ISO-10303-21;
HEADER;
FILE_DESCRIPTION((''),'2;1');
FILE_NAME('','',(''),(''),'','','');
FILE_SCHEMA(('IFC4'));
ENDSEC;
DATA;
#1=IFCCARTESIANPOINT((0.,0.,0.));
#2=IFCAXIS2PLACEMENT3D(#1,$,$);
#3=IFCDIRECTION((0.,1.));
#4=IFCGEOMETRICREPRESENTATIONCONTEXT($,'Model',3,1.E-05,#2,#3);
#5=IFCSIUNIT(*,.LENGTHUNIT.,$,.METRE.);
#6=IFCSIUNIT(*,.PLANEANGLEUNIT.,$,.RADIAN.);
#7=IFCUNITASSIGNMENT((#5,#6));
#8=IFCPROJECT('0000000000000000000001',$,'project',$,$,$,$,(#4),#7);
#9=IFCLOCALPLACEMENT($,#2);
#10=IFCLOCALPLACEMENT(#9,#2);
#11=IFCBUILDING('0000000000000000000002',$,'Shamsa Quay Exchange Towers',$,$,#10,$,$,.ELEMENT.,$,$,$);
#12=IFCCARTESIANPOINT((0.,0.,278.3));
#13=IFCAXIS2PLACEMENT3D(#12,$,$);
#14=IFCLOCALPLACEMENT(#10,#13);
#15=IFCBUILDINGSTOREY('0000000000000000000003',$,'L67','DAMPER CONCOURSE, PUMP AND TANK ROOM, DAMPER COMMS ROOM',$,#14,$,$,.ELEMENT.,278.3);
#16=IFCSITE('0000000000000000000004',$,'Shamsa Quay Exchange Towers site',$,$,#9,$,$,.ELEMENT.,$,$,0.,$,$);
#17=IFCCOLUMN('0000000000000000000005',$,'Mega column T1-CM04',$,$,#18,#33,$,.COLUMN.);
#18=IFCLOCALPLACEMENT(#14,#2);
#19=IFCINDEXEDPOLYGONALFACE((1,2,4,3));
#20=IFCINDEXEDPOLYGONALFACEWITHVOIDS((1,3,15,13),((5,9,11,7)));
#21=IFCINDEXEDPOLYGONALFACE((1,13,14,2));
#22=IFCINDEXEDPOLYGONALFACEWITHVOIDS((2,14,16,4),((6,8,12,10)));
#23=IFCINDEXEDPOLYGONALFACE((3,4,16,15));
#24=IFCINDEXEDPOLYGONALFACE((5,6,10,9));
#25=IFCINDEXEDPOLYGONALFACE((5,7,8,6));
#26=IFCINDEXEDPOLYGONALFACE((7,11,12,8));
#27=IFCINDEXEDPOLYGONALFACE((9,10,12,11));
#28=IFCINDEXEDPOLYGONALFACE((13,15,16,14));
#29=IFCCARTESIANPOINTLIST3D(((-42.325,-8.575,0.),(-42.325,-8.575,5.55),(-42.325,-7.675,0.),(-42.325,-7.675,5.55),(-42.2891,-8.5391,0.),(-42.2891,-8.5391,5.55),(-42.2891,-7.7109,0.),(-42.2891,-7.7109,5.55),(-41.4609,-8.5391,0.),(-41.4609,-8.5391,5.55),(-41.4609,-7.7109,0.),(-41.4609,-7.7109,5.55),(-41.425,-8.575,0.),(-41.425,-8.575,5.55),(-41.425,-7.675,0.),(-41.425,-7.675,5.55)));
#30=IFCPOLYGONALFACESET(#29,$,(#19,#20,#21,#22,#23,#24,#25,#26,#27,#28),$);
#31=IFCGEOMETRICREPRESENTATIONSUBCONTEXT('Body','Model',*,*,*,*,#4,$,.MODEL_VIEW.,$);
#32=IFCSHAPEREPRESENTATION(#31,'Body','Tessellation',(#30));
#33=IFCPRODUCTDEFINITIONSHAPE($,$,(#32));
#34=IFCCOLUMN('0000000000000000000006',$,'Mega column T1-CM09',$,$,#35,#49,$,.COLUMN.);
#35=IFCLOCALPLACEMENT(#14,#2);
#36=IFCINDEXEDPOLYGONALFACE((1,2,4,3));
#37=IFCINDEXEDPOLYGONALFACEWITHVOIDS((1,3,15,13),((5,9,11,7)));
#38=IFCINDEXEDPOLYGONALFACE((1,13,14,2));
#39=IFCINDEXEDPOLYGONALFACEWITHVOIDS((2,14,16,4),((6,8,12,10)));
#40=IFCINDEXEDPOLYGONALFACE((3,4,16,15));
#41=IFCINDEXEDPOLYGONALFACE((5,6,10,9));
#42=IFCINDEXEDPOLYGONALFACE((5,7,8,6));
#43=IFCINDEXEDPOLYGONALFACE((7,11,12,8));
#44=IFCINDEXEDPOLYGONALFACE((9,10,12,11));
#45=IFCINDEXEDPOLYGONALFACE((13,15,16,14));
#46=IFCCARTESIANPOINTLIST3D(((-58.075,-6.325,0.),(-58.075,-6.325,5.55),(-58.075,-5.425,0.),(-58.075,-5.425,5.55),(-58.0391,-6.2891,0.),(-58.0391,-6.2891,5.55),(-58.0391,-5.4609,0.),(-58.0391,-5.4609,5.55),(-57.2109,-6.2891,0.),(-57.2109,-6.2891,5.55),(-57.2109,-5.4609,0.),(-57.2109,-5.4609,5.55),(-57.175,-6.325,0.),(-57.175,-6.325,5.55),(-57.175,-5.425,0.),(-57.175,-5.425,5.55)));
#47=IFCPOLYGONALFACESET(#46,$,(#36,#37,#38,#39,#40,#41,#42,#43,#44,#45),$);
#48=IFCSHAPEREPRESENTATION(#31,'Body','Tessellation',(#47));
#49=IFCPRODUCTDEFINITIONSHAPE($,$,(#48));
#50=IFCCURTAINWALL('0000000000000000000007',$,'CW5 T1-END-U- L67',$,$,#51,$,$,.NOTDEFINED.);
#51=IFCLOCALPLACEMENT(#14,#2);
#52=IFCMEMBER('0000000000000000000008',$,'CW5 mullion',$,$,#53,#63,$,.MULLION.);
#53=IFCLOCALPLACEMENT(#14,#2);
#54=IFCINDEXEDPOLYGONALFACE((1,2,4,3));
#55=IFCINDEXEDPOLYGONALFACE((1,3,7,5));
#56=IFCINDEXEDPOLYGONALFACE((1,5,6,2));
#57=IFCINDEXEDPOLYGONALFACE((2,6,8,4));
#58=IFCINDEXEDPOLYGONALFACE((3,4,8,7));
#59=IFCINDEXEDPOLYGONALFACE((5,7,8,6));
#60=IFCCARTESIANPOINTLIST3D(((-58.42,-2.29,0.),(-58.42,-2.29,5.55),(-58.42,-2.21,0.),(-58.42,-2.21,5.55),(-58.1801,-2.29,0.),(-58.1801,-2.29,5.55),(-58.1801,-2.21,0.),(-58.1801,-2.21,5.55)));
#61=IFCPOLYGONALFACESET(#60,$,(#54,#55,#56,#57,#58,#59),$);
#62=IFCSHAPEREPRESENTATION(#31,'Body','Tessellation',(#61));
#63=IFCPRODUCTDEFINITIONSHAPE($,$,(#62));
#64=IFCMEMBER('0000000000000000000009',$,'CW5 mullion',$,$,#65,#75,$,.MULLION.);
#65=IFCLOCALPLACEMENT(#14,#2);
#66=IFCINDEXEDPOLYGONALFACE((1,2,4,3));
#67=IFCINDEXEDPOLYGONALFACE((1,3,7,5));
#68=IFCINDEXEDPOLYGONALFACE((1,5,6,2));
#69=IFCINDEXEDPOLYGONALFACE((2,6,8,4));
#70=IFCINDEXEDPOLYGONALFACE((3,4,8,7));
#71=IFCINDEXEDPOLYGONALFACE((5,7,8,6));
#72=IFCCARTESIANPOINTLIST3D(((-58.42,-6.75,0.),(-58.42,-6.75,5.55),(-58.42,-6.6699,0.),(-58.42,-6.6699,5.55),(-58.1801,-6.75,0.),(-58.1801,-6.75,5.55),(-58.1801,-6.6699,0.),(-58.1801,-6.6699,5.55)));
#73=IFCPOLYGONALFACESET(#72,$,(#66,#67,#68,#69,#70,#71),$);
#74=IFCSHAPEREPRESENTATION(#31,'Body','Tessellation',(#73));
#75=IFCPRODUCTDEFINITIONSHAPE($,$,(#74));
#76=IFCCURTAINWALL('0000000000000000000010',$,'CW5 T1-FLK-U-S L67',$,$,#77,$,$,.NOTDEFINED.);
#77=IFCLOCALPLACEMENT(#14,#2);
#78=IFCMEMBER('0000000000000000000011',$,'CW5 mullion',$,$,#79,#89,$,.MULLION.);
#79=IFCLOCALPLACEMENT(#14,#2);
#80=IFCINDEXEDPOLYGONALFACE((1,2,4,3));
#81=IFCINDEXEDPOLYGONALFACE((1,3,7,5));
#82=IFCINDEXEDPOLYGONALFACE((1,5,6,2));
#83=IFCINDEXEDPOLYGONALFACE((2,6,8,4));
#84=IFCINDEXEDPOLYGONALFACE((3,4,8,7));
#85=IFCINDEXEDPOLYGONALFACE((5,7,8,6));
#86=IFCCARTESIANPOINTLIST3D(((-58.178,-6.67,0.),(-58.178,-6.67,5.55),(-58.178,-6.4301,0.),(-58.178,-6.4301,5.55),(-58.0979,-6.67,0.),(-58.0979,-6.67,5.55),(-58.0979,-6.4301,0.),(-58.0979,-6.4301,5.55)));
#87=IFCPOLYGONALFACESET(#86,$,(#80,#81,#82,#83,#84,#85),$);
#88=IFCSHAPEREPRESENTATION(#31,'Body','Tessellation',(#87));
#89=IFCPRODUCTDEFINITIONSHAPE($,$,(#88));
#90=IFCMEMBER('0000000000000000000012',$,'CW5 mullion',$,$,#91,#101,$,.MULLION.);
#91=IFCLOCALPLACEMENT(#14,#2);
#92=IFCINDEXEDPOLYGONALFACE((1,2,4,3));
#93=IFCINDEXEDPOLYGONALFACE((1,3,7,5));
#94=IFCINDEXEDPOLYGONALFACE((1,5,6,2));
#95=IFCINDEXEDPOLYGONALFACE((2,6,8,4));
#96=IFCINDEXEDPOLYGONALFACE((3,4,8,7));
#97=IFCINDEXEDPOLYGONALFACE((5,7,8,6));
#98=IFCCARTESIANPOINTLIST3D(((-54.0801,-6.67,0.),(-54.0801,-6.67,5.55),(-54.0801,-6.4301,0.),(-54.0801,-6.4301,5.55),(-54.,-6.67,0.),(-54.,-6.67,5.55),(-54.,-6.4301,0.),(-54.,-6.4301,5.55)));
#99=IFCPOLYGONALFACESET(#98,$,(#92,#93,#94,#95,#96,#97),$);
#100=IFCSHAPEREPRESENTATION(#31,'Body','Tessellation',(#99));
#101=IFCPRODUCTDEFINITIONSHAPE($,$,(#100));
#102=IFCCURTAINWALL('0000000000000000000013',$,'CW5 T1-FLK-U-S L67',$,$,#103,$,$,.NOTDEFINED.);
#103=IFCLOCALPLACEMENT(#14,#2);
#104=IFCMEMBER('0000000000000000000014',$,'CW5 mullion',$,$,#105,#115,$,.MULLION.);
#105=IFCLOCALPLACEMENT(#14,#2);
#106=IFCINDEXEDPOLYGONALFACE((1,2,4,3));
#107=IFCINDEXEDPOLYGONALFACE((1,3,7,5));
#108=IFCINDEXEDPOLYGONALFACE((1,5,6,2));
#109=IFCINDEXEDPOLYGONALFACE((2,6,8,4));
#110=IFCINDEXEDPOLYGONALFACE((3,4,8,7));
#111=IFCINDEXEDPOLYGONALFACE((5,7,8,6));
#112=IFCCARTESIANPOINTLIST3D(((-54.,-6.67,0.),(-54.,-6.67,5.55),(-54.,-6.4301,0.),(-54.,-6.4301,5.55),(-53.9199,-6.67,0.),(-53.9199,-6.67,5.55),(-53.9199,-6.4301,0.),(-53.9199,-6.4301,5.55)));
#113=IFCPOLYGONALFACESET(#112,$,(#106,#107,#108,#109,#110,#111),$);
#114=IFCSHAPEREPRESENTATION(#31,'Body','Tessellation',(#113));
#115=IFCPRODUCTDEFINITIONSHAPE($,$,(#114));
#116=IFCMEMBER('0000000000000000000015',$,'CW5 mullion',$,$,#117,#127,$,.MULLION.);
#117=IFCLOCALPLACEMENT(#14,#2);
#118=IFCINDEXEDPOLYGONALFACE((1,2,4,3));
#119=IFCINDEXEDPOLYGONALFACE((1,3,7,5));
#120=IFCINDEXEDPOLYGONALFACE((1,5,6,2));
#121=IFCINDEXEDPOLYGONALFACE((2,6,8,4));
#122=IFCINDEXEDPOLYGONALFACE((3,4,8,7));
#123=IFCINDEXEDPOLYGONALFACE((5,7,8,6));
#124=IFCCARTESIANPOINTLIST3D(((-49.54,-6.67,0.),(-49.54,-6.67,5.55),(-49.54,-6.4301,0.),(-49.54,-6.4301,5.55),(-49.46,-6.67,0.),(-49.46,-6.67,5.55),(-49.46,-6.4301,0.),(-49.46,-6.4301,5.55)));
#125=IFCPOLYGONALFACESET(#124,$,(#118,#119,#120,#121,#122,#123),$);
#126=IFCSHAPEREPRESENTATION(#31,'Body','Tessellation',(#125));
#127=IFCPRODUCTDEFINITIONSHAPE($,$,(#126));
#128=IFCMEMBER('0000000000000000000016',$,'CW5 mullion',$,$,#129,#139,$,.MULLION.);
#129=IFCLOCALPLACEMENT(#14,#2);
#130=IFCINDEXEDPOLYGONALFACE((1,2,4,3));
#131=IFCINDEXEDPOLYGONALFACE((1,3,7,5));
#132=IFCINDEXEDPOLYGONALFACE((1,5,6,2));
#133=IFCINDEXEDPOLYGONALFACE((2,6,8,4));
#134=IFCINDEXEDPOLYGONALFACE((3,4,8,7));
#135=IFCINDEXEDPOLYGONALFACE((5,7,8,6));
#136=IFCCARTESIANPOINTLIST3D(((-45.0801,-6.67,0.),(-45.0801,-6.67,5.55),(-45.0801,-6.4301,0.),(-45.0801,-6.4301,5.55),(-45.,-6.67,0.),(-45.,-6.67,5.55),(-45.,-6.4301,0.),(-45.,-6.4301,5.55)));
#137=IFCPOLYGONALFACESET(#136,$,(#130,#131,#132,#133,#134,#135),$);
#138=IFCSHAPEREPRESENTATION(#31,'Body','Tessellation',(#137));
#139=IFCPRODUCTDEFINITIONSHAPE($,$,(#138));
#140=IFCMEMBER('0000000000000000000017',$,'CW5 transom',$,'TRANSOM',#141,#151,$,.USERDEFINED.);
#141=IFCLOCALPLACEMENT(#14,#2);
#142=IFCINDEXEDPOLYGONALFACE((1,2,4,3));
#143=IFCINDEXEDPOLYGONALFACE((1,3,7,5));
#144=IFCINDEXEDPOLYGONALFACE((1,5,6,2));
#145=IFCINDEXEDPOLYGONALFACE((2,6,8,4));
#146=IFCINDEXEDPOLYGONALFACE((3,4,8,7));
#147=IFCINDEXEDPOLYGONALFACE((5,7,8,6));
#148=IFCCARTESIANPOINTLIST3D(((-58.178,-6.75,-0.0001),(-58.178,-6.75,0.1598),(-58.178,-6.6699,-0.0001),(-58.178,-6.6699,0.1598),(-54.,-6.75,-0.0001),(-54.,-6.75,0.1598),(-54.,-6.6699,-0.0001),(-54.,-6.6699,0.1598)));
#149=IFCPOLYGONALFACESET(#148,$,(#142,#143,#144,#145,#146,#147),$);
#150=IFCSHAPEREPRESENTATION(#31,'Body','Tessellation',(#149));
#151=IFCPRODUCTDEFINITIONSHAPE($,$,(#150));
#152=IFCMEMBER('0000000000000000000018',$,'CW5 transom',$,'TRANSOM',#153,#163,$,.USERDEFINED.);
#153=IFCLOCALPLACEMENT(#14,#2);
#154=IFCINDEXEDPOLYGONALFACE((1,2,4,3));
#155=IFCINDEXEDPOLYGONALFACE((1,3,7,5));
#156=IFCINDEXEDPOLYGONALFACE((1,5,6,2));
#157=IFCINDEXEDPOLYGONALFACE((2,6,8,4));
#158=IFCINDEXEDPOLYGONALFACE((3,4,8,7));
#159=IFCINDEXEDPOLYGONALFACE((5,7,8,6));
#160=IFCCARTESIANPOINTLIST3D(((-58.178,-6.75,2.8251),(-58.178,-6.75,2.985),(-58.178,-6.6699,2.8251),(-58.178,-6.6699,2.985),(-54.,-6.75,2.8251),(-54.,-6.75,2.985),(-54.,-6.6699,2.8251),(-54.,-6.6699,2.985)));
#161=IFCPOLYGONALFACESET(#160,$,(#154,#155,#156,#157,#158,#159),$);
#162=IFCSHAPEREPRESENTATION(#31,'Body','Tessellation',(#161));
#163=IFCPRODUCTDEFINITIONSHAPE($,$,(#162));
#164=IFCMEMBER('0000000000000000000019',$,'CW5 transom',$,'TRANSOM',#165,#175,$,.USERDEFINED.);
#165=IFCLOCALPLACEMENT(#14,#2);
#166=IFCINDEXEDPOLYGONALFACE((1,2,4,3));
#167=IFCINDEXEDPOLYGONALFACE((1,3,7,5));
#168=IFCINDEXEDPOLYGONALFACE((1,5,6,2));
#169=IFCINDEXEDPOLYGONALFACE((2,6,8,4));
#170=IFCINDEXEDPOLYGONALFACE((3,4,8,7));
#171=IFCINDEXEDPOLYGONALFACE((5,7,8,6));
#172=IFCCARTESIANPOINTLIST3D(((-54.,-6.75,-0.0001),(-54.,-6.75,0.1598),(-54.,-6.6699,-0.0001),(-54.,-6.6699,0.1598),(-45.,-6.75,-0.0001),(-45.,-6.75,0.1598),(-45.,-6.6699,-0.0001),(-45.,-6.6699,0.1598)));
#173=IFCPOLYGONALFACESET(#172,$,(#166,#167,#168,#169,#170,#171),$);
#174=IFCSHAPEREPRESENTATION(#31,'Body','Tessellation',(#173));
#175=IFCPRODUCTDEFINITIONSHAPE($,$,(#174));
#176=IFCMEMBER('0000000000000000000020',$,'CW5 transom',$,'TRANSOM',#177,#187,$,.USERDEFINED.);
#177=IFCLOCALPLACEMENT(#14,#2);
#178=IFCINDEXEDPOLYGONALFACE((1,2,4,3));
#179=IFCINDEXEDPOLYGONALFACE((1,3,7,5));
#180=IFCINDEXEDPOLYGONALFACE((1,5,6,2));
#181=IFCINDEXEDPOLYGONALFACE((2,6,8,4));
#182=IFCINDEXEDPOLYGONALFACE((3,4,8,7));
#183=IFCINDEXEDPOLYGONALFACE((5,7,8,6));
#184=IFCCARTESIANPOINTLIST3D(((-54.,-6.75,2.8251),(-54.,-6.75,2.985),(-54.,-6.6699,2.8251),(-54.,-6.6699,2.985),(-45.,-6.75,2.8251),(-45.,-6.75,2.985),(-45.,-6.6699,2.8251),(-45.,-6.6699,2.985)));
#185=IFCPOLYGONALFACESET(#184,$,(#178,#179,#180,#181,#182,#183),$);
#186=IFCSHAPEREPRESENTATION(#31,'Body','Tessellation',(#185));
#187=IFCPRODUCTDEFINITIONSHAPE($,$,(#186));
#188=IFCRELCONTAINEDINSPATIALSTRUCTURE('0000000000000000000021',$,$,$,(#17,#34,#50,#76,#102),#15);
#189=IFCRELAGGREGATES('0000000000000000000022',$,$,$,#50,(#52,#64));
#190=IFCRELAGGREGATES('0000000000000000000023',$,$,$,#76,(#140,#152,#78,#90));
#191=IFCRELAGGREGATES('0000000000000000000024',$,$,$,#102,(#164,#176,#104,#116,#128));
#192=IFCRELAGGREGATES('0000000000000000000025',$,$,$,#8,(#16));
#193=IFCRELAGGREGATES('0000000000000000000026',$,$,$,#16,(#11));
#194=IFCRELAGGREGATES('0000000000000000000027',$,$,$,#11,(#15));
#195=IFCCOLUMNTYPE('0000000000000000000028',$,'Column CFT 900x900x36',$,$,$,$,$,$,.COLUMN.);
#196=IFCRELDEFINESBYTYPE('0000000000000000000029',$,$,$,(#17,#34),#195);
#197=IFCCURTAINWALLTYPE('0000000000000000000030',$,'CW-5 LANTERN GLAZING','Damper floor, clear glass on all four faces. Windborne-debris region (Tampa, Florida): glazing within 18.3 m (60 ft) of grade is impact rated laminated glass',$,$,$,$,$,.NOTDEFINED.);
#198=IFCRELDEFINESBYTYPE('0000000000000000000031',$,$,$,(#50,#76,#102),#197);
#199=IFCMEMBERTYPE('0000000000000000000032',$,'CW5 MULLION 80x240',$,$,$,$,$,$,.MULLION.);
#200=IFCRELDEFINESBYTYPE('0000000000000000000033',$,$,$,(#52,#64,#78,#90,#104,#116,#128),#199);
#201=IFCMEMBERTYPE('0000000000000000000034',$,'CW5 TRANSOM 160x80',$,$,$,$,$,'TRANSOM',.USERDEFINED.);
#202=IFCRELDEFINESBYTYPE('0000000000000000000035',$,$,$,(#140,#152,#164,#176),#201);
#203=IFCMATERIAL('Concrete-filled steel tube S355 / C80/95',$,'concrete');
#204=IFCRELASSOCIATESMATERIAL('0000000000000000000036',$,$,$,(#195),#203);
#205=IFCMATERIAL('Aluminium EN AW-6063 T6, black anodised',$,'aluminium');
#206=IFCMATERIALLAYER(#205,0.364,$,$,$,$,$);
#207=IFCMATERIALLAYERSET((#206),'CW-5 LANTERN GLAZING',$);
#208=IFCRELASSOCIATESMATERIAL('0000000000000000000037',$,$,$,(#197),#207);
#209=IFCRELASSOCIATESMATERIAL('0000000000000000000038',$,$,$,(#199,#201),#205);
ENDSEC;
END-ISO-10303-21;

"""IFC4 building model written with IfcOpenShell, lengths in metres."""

from ifc_helpers import new_model, si_unit, direction, frame, origin, origin_2d, place, context, subcontext, project, spatial, rectangle, hollow_rectangle, extrude, material, layer, layer_set, material_profile, profile_set, type_object, element, aggregate, save


model = new_model("IFC4")

# Units and contexts
model_context = context("Model", 3, precision=1e-05, world=origin(), true_north=direction((0.0, 1.0)))
body_context = subcontext(model_context, "Body", "Model", "MODEL_VIEW")
ifc_project = project(units=[si_unit("LENGTHUNIT", "METRE"), si_unit("PLANEANGLEUNIT", "RADIAN")], contexts=[model_context])

# Site, building, storey
site_placement = place(None, origin())
site = spatial("IfcSite", under=ifc_project, at=site_placement, Name="Shamsa Quay Exchange Towers site", CompositionType="ELEMENT", RefElevation=0.0)
building_placement = place(site_placement, origin())
building = spatial("IfcBuilding", under=site, at=building_placement, Name="Shamsa Quay Exchange Towers", CompositionType="ELEMENT")
storey_placement = place(building_placement, frame((0.0, 0.0, 278.3)))
storey = spatial("IfcBuildingStorey", under=building, at=storey_placement, Name="L67", Description="DAMPER CONCOURSE, PUMP AND TANK ROOM, DAMPER COMMS ROOM", CompositionType="ELEMENT", Elevation=278.3)

# Columns
ifc_material_1 = material(Name="Concrete-filled steel tube S355 / C80/95", Category="concrete")
ifc_material_profile_1 = material_profile(ifc_material_1, hollow_rectangle(XDim=0.8999, YDim=0.8999, WallThickness=0.0359, at=origin_2d()), Name="CFT 900x900x36")
ifc_profile_set_1 = profile_set([ifc_material_profile_1], Name="Concrete-filled steel tube S355 / C80/95")
column_type = type_object("IfcColumnType", Name="Column CFT 900x900x36", PredefinedType="COLUMN", material=ifc_profile_set_1)
for number, where, name in (
    (1, (-41.875, -8.125, 0.0), "Mega column T1-CM04"),
    (2, (-57.625, -5.875, 0.0), "Mega column T1-CM09"),
):
    element("IfcColumn", number, at=place(storey_placement, frame(where)), inside=storey, type_object=column_type, Name=name, PredefinedType="COLUMN", context=body_context, shape_type="SweptSolid", body=[
        extrude(hollow_rectangle(XDim=0.8999, YDim=0.8999, WallThickness=0.0359, at=origin_2d()), origin(), (0.0, 0.0, 1.0), 5.55),
    ])

# Curtain walls, members
ifc_material_2 = material(Name="Aluminium EN AW-6063 T6, black anodised", Category="aluminium")
ifc_layer_1 = layer(ifc_material_2, 0.364)
ifc_layer_set_1 = layer_set([ifc_layer_1], Name="CW-5 LANTERN GLAZING")
curtain_wall_type = type_object("IfcCurtainWallType", Name="CW-5 LANTERN GLAZING", Description="Damper floor, clear glass on all four faces. Windborne-debris region (Tampa, Florida): glazing within 18.3 m (60 ft) of grade is impact rated laminated glass", PredefinedType="NOTDEFINED", material=ifc_layer_set_1)
curtain_wall_1_placement = place(storey_placement, origin())
curtain_wall_1 = element("IfcCurtainWall", 3, at=curtain_wall_1_placement, inside=storey, type_object=curtain_wall_type, Name="CW5 T1-END-U- L67", PredefinedType="NOTDEFINED")
ifc_material_profile_2 = material_profile(ifc_material_2, rectangle(XDim=0.24, YDim=0.0801, at=origin_2d()), Name="MU80x240")
ifc_profile_set_2 = profile_set([ifc_material_profile_2], Name="Aluminium EN AW-6063 T6, black anodised")
member_type_1 = type_object("IfcMemberType", Name="CW5 MULLION 80x240", PredefinedType="MULLION", material=ifc_profile_set_2)
member_1_placement = place(storey_placement, frame((-58.3, -2.25, 0.0)))
member_1 = element("IfcMember", 4, at=member_1_placement, type_object=member_type_1, Name="CW5 mullion", PredefinedType="MULLION", context=body_context, shape_type="SweptSolid", body=[
    extrude(rectangle(XDim=0.24, YDim=0.0801, at=origin_2d()), origin(), (0.0, 0.0, 1.0), 5.55),
])
member_2_placement = place(storey_placement, frame((-58.3, -6.71, 0.0)))
member_2 = element("IfcMember", 5, at=member_2_placement, type_object=member_type_1, Name="CW5 mullion", PredefinedType="MULLION", context=body_context, shape_type="SweptSolid", body=[
    extrude(rectangle(XDim=0.24, YDim=0.0801, at=origin_2d()), origin(), (0.0, 0.0, 1.0), 5.55),
])
curtain_wall_2_placement = place(storey_placement, origin())
curtain_wall_2 = element("IfcCurtainWall", 6, at=curtain_wall_2_placement, inside=storey, type_object=curtain_wall_type, Name="CW5 T1-FLK-U-S L67", PredefinedType="NOTDEFINED")
member_3_placement = place(storey_placement, frame((-58.1379, -6.55, 0.0), z_axis=(0.0, 0.0, 1.0), x_axis=(0.0, 1.0, 0.0)))
member_3 = element("IfcMember", 7, at=member_3_placement, type_object=member_type_1, Name="CW5 mullion", PredefinedType="MULLION", context=body_context, shape_type="SweptSolid", body=[
    extrude(rectangle(XDim=0.24, YDim=0.0801, at=origin_2d()), origin(), (0.0, 0.0, 1.0), 5.55),
])
member_4_placement = place(storey_placement, frame((-54.04, -6.55, 0.0), z_axis=(0.0, 0.0, 1.0), x_axis=(0.0, 1.0, 0.0)))
member_4 = element("IfcMember", 8, at=member_4_placement, type_object=member_type_1, Name="CW5 mullion", PredefinedType="MULLION", context=body_context, shape_type="SweptSolid", body=[
    extrude(rectangle(XDim=0.24, YDim=0.0801, at=origin_2d()), origin(), (0.0, 0.0, 1.0), 5.55),
])
curtain_wall_3_placement = place(storey_placement, origin())
curtain_wall_3 = element("IfcCurtainWall", 9, at=curtain_wall_3_placement, inside=storey, type_object=curtain_wall_type, Name="CW5 T1-FLK-U-S L67", PredefinedType="NOTDEFINED")
member_5_placement = place(storey_placement, frame((-53.96, -6.55, 0.0), z_axis=(0.0, 0.0, 1.0), x_axis=(0.0, 1.0, 0.0)))
member_5 = element("IfcMember", 10, at=member_5_placement, type_object=member_type_1, Name="CW5 mullion", PredefinedType="MULLION", context=body_context, shape_type="SweptSolid", body=[
    extrude(rectangle(XDim=0.24, YDim=0.0801, at=origin_2d()), origin(), (0.0, 0.0, 1.0), 5.55),
])
member_6_placement = place(storey_placement, frame((-49.5, -6.55, 0.0), z_axis=(0.0, 0.0, 1.0), x_axis=(0.0, 1.0, 0.0)))
member_6 = element("IfcMember", 11, at=member_6_placement, type_object=member_type_1, Name="CW5 mullion", PredefinedType="MULLION", context=body_context, shape_type="SweptSolid", body=[
    extrude(rectangle(XDim=0.24, YDim=0.0801, at=origin_2d()), origin(), (0.0, 0.0, 1.0), 5.55),
])
member_7_placement = place(storey_placement, frame((-45.04, -6.55, 0.0), z_axis=(0.0, 0.0, 1.0), x_axis=(0.0, 1.0, 0.0)))
member_7 = element("IfcMember", 12, at=member_7_placement, type_object=member_type_1, Name="CW5 mullion", PredefinedType="MULLION", context=body_context, shape_type="SweptSolid", body=[
    extrude(rectangle(XDim=0.24, YDim=0.0801, at=origin_2d()), origin(), (0.0, 0.0, 1.0), 5.55),
])

# Members
ifc_material_profile_3 = material_profile(ifc_material_2, rectangle(XDim=0.0801, YDim=0.1599, at=origin_2d()), Name="TR160x80")
ifc_profile_set_3 = profile_set([ifc_material_profile_3], Name="Aluminium EN AW-6063 T6, black anodised")
member_type_2 = type_object("IfcMemberType", Name="CW5 TRANSOM 160x80", ElementType="TRANSOM", PredefinedType="USERDEFINED", material=ifc_profile_set_3)
member_8_placement = place(storey_placement, frame((-58.178, -6.71, 0.0798), z_axis=(1.0, 0.0, 0.0), x_axis=(0.0, 1.0, 0.0)))
member_8 = element("IfcMember", 13, at=member_8_placement, type_object=member_type_2, Name="CW5 transom", ObjectType="TRANSOM", PredefinedType="USERDEFINED", context=body_context, shape_type="SweptSolid", body=[
    extrude(rectangle(XDim=0.0801, YDim=0.1599, at=origin_2d()), origin(), (0.0, 0.0, 1.0), 4.178),
])
member_9_placement = place(storey_placement, frame((-58.178, -6.71, 2.905), z_axis=(1.0, 0.0, 0.0), x_axis=(0.0, 1.0, 0.0)))
member_9 = element("IfcMember", 14, at=member_9_placement, type_object=member_type_2, Name="CW5 transom", ObjectType="TRANSOM", PredefinedType="USERDEFINED", context=body_context, shape_type="SweptSolid", body=[
    extrude(rectangle(XDim=0.0801, YDim=0.1599, at=origin_2d()), origin(), (0.0, 0.0, 1.0), 4.178),
])
member_10_placement = place(storey_placement, frame((-54.0, -6.71, 0.0798), z_axis=(1.0, 0.0, 0.0), x_axis=(0.0, 1.0, 0.0)))
member_10 = element("IfcMember", 15, at=member_10_placement, type_object=member_type_2, Name="CW5 transom", ObjectType="TRANSOM", PredefinedType="USERDEFINED", context=body_context, shape_type="SweptSolid", body=[
    extrude(rectangle(XDim=0.0801, YDim=0.1599, at=origin_2d()), origin(), (0.0, 0.0, 1.0), 9.0),
])
member_11_placement = place(storey_placement, frame((-54.0, -6.71, 2.905), z_axis=(1.0, 0.0, 0.0), x_axis=(0.0, 1.0, 0.0)))
member_11 = element("IfcMember", 16, at=member_11_placement, type_object=member_type_2, Name="CW5 transom", ObjectType="TRANSOM", PredefinedType="USERDEFINED", context=body_context, shape_type="SweptSolid", body=[
    extrude(rectangle(XDim=0.0801, YDim=0.1599, at=origin_2d()), origin(), (0.0, 0.0, 1.0), 9.0),
])

aggregate(curtain_wall_1, [member_1, member_2])
aggregate(curtain_wall_2, [member_8, member_9, member_3, member_4])
aggregate(curtain_wall_3, [member_10, member_11, member_5, member_6, member_7])

save(model, "model.ifc")
